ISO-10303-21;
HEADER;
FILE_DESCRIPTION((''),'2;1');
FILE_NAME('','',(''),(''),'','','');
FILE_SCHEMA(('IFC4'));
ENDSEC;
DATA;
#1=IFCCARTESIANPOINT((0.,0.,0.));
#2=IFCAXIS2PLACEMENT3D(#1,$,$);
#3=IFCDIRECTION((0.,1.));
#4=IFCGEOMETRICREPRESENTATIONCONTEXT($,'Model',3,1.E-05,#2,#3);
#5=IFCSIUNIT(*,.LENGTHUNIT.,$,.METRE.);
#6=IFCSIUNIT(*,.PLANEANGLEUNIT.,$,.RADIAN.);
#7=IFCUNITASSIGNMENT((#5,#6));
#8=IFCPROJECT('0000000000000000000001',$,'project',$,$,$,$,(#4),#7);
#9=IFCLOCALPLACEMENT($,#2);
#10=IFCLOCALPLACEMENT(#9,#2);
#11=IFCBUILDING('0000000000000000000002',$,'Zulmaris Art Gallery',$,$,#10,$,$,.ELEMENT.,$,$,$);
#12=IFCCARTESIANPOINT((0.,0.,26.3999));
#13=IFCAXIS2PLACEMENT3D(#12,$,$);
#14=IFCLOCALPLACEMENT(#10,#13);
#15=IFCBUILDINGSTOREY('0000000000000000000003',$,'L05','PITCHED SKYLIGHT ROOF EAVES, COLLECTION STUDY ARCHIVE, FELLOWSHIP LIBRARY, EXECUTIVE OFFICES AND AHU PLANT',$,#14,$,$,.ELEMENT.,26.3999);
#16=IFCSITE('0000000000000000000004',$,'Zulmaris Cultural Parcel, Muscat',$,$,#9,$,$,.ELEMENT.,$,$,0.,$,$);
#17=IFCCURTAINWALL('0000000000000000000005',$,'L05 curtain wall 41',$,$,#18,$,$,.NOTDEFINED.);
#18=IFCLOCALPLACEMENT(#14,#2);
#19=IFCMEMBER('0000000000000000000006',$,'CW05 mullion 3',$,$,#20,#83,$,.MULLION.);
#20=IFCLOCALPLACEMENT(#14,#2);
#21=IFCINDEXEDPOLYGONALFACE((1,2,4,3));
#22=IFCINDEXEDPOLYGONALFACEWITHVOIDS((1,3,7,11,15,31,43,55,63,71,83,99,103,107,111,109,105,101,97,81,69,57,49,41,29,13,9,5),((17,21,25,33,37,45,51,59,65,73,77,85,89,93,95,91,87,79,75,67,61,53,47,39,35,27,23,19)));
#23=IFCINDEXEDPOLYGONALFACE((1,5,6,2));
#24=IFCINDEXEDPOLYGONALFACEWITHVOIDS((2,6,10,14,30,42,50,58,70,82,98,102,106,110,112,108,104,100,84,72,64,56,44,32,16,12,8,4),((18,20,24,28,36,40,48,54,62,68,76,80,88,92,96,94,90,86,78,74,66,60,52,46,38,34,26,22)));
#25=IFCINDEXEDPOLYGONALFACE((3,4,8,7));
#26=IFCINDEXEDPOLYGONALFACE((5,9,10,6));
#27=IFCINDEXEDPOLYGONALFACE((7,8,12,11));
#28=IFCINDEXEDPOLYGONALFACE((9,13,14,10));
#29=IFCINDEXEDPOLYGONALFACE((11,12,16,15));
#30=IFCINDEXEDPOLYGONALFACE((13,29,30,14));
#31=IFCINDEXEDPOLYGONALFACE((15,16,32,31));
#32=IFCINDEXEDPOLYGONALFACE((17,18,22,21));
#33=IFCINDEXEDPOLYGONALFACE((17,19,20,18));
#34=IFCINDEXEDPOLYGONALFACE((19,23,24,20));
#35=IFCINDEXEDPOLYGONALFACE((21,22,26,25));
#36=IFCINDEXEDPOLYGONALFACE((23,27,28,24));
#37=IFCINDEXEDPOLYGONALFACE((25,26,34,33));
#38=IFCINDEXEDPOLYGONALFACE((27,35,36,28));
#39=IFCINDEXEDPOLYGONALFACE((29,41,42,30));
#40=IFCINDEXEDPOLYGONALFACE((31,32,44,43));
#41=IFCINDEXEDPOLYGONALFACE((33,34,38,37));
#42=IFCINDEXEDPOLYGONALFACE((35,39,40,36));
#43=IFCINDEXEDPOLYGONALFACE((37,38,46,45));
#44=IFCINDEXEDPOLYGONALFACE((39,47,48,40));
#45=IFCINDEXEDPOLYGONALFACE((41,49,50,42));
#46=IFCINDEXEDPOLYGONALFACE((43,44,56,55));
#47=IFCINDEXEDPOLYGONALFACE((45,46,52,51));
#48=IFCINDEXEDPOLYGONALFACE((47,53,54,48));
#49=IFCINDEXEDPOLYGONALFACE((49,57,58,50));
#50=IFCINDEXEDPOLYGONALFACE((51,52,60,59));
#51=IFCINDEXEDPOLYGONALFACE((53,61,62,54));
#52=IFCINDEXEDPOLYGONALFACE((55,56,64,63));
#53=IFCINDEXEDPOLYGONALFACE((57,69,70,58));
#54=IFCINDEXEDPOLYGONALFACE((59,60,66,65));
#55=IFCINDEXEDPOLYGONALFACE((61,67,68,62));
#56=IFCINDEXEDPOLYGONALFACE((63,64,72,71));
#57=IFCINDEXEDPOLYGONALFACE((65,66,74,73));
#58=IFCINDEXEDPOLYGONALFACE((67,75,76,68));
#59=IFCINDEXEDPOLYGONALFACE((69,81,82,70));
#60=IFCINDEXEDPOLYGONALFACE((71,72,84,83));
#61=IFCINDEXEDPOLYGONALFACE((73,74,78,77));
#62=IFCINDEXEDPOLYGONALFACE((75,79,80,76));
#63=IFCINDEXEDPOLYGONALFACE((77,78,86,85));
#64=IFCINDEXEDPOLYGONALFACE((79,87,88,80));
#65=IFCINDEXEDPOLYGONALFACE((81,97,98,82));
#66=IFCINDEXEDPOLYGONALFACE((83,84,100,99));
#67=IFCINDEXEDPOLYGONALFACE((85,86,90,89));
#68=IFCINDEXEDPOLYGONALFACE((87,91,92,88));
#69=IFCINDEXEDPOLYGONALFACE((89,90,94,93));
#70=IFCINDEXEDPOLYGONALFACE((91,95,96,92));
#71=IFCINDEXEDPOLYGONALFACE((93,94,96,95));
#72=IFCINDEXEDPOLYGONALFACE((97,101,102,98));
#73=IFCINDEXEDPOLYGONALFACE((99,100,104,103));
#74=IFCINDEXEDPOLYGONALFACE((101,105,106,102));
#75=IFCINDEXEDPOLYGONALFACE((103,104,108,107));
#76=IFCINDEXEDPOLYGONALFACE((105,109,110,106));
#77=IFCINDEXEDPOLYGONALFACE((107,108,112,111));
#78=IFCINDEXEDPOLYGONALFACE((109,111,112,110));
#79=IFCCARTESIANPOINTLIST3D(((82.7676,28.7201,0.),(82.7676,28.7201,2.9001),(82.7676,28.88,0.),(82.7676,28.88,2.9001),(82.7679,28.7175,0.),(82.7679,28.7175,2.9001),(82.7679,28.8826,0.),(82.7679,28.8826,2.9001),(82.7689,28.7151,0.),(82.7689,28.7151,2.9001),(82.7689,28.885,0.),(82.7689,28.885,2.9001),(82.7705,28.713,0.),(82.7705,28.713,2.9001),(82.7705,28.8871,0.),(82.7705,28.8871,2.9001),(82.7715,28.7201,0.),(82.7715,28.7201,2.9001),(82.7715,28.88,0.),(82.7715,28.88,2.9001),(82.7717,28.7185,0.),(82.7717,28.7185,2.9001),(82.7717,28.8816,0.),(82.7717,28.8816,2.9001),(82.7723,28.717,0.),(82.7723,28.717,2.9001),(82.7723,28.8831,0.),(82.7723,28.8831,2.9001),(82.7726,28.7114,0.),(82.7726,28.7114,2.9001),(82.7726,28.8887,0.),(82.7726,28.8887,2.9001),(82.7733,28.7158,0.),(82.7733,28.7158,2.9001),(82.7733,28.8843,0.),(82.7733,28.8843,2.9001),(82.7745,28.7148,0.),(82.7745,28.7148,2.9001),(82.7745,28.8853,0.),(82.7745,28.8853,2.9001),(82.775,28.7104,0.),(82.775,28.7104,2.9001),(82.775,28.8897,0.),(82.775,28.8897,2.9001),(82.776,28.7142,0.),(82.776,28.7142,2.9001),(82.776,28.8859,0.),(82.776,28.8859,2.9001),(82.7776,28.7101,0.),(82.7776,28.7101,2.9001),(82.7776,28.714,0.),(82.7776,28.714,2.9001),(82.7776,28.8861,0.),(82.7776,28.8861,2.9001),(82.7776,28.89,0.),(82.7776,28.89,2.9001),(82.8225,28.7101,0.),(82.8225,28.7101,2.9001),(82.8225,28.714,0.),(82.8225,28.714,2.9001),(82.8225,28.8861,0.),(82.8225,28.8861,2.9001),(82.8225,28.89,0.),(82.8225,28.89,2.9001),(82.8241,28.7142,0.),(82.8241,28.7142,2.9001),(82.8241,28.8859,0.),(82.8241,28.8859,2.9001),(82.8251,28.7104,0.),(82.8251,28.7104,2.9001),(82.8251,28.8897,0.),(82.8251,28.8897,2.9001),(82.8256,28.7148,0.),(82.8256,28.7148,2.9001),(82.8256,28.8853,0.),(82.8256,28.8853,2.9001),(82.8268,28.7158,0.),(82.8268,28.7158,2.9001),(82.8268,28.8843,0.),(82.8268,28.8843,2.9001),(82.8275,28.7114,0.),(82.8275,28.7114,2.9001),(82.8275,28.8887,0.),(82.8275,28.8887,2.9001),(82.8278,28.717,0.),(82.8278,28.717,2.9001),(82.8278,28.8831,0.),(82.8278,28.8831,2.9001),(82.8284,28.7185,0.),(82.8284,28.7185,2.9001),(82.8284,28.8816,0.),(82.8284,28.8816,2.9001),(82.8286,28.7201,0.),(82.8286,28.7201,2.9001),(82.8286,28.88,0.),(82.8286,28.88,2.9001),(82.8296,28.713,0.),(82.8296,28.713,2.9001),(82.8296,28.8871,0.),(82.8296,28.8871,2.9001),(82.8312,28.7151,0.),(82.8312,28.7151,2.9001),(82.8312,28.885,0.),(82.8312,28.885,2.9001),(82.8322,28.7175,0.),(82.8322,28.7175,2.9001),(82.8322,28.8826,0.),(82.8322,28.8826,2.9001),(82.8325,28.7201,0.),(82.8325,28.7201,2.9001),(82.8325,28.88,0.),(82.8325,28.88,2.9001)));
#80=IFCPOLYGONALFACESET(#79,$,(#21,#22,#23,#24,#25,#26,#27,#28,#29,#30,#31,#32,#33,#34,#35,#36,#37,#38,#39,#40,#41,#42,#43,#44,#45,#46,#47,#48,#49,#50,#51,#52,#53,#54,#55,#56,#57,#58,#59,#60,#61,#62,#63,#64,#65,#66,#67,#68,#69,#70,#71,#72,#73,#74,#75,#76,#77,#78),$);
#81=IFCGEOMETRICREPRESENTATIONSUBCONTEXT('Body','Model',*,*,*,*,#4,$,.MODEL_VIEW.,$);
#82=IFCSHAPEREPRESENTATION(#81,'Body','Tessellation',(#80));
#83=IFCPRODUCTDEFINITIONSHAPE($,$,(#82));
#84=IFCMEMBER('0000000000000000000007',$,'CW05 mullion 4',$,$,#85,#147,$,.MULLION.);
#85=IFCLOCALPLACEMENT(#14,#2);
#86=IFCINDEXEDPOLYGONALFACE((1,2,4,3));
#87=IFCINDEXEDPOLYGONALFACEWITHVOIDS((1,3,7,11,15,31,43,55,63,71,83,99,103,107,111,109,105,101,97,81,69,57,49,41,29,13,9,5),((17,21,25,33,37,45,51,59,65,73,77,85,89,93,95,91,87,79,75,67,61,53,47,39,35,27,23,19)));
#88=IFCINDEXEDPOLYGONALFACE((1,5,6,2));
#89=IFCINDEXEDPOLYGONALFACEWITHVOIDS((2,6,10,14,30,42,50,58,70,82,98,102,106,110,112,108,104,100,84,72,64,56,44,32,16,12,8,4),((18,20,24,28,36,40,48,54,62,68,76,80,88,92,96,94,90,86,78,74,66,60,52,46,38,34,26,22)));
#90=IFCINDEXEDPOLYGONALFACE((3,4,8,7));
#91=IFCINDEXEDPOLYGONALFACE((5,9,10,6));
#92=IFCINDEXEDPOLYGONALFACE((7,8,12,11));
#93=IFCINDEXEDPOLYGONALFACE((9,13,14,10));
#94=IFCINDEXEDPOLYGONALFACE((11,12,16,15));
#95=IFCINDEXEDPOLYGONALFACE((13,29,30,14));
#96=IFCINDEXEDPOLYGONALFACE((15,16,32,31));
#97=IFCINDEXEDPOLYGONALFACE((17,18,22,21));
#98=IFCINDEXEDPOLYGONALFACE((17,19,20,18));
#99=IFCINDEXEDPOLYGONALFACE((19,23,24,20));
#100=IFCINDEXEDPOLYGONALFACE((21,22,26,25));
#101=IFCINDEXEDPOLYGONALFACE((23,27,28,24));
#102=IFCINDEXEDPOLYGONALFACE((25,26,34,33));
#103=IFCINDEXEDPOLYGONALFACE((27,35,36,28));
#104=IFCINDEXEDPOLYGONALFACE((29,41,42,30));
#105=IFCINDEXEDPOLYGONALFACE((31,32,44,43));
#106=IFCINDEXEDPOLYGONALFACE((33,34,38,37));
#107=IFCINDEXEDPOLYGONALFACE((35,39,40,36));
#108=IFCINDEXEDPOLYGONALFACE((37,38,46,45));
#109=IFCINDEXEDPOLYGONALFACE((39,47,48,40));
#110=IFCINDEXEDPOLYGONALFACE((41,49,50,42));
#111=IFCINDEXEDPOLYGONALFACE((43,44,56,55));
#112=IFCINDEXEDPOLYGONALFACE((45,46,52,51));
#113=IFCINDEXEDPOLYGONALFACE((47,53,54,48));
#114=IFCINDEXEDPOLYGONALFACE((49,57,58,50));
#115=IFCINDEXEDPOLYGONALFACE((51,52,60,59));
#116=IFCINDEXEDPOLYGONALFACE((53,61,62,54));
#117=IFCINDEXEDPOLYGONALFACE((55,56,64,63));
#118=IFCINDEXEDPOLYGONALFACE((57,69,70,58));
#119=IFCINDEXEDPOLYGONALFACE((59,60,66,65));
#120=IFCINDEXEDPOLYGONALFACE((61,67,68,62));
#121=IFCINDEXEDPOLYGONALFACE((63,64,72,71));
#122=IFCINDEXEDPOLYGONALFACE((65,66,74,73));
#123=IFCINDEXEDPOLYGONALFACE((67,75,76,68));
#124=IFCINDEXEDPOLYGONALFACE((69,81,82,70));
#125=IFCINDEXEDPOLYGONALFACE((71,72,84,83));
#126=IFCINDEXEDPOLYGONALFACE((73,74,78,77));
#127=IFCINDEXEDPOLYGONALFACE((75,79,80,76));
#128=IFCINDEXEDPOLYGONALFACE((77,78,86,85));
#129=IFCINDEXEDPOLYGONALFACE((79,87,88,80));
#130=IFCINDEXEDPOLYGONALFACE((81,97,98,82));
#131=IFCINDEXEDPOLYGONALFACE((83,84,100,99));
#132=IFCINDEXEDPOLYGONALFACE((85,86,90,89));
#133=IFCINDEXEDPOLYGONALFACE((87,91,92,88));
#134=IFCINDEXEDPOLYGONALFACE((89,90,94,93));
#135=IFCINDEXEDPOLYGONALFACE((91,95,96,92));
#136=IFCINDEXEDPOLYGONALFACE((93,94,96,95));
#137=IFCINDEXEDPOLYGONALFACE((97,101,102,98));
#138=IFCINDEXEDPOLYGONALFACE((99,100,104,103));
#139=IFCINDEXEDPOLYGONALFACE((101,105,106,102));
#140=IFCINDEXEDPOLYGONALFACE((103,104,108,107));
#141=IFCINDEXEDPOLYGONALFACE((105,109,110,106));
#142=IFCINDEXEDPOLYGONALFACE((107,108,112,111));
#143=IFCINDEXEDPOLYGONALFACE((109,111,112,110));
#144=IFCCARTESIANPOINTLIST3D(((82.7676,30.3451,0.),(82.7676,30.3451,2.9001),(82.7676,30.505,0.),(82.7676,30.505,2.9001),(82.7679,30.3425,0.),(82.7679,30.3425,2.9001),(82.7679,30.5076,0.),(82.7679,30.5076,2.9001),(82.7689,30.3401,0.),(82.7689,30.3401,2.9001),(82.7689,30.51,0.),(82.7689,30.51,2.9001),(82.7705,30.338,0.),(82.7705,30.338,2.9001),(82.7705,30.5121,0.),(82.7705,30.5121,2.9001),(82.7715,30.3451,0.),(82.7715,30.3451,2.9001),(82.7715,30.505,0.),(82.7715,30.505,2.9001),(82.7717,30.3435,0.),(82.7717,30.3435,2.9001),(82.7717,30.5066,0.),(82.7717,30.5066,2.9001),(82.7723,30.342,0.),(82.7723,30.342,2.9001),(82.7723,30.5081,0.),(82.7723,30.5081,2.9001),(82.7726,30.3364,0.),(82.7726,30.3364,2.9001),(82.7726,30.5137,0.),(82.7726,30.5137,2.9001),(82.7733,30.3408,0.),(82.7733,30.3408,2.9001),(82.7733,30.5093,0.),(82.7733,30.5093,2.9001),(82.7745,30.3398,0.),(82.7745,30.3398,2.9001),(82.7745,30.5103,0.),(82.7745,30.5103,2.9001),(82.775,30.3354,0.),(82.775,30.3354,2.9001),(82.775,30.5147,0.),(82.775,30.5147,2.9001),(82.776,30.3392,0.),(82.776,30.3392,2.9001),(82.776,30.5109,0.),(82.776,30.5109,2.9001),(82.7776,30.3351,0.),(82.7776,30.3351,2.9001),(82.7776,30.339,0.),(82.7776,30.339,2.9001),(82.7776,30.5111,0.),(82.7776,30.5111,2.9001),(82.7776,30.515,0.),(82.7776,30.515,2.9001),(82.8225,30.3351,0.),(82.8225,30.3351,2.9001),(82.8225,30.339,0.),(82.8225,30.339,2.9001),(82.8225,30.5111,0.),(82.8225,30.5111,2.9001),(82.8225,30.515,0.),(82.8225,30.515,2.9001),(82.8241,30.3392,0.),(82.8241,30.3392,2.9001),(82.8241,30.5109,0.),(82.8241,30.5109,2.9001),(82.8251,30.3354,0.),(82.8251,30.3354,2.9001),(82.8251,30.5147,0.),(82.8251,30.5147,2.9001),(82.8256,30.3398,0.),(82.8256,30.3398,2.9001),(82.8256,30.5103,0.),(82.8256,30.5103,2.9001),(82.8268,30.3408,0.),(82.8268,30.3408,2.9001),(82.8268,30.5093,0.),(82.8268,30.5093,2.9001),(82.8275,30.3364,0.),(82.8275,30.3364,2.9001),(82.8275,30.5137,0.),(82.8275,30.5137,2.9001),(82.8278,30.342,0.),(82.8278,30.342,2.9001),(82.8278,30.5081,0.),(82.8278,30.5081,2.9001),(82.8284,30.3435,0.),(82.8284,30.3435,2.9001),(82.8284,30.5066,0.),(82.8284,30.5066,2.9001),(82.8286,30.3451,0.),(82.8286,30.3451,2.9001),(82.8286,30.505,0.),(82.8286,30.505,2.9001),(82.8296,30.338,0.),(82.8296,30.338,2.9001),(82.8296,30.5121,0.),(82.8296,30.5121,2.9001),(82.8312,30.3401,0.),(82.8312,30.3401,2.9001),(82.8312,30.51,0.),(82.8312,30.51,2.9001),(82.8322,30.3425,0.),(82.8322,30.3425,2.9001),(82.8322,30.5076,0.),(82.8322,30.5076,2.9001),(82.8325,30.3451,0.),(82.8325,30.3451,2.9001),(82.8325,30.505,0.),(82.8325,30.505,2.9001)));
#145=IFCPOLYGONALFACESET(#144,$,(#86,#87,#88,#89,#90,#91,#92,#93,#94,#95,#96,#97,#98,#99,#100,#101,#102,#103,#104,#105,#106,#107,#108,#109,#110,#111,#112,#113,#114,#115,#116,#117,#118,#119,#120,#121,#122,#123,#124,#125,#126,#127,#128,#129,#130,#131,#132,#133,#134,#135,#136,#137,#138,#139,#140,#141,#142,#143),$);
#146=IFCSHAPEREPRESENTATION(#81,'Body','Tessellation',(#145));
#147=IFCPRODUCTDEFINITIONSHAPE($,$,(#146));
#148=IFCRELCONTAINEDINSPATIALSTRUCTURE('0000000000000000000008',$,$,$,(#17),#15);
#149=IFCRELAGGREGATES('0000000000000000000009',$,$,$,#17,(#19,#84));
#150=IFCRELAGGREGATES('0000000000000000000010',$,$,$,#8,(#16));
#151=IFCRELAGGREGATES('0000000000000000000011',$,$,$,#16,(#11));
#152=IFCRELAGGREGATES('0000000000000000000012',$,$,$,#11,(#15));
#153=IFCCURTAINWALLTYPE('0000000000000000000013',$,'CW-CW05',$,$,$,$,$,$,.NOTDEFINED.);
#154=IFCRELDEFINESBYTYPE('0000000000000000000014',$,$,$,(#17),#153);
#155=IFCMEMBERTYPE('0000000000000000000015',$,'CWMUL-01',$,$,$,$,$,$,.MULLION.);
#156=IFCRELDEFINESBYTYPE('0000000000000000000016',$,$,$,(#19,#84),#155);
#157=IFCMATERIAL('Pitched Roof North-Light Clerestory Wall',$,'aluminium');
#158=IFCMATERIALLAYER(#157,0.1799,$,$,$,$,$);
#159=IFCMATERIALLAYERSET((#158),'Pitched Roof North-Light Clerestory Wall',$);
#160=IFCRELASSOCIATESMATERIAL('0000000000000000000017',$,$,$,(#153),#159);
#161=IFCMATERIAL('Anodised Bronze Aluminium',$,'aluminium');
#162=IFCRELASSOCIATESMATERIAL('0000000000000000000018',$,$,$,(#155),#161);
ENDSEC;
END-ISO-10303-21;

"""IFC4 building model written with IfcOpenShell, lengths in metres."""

from ifc_helpers import new_model, si_unit, direction, frame, origin, origin_2d, place, context, subcontext, project, spatial, hollow_rectangle, extrude, material, layer, layer_set, material_profile, profile_set, type_object, element, aggregate, save


model = new_model("IFC4")

# Units and contexts
model_context = context("Model", 3, precision=1e-05, world=origin(), true_north=direction((0.0, 1.0)))
body_context = subcontext(model_context, "Body", "Model", "MODEL_VIEW")
ifc_project = project(units=[si_unit("LENGTHUNIT", "METRE"), si_unit("PLANEANGLEUNIT", "RADIAN")], contexts=[model_context])

# Site, building, storey
site_placement = place(None, origin())
site = spatial("IfcSite", under=ifc_project, at=site_placement, Name="Zulmaris Cultural Parcel, Muscat", CompositionType="ELEMENT", RefElevation=0.0)
building_placement = place(site_placement, origin())
building = spatial("IfcBuilding", under=site, at=building_placement, Name="Zulmaris Art Gallery", CompositionType="ELEMENT")
storey_placement = place(building_placement, frame((0.0, 0.0, 26.3999)))
storey = spatial("IfcBuildingStorey", under=building, at=storey_placement, Name="L05", Description="PITCHED SKYLIGHT ROOF EAVES, COLLECTION STUDY ARCHIVE, FELLOWSHIP LIBRARY, EXECUTIVE OFFICES AND AHU PLANT", CompositionType="ELEMENT", Elevation=26.3999)

# Curtain wall, members
ifc_material_1 = material(Name="Pitched Roof North-Light Clerestory Wall", Category="aluminium")
ifc_layer_1 = layer(ifc_material_1, 0.1799)
ifc_layer_set_1 = layer_set([ifc_layer_1], Name="Pitched Roof North-Light Clerestory Wall")
curtain_wall_type = type_object("IfcCurtainWallType", Name="CW-CW05", PredefinedType="NOTDEFINED", material=ifc_layer_set_1)
curtain_wall_1_placement = place(storey_placement, origin())
curtain_wall_1 = element("IfcCurtainWall", 1, at=curtain_wall_1_placement, inside=storey, type_object=curtain_wall_type, Name="L05 curtain wall 41", PredefinedType="NOTDEFINED")
ifc_material_2 = material(Name="Anodised Bronze Aluminium", Category="aluminium")
ifc_material_profile_1 = material_profile(ifc_material_2, hollow_rectangle(XDim=0.0649, YDim=0.1799, WallThickness=0.0039, InnerFilletRadius=0.0061, OuterFilletRadius=0.01, at=origin_2d()), Name="ALU 65x180x4")
ifc_profile_set_1 = profile_set([ifc_material_profile_1], Name="Anodised Bronze Aluminium")
member_type_1 = type_object("IfcMemberType", Name="CWMUL-01", PredefinedType="MULLION", material=ifc_profile_set_1)
member_1_placement = place(storey_placement, frame((82.8, 28.8, 0.0), z_axis=(0.0, 0.0, 1.0), x_axis=(-1.0, 0.0, 0.0)))
member_1 = element("IfcMember", 2, at=member_1_placement, type_object=member_type_1, Name="CW05 mullion 3", PredefinedType="MULLION", context=body_context, shape_type="SweptSolid", body=[
    extrude(hollow_rectangle(XDim=0.0649, YDim=0.1799, WallThickness=0.0039, InnerFilletRadius=0.0061, OuterFilletRadius=0.01, at=origin_2d()), origin(), (0.0, 0.0, 1.0), 2.9001),
])
member_2_placement = place(storey_placement, frame((82.8, 30.425, 0.0), z_axis=(0.0, 0.0, 1.0), x_axis=(-1.0, 0.0, 0.0)))
member_2 = element("IfcMember", 3, at=member_2_placement, type_object=member_type_1, Name="CW05 mullion 4", PredefinedType="MULLION", context=body_context, shape_type="SweptSolid", body=[
    extrude(hollow_rectangle(XDim=0.0649, YDim=0.1799, WallThickness=0.0039, InnerFilletRadius=0.0061, OuterFilletRadius=0.01, at=origin_2d()), origin(), (0.0, 0.0, 1.0), 2.9001),
])

aggregate(curtain_wall_1, [member_1, member_2])

save(model, "model.ifc")
